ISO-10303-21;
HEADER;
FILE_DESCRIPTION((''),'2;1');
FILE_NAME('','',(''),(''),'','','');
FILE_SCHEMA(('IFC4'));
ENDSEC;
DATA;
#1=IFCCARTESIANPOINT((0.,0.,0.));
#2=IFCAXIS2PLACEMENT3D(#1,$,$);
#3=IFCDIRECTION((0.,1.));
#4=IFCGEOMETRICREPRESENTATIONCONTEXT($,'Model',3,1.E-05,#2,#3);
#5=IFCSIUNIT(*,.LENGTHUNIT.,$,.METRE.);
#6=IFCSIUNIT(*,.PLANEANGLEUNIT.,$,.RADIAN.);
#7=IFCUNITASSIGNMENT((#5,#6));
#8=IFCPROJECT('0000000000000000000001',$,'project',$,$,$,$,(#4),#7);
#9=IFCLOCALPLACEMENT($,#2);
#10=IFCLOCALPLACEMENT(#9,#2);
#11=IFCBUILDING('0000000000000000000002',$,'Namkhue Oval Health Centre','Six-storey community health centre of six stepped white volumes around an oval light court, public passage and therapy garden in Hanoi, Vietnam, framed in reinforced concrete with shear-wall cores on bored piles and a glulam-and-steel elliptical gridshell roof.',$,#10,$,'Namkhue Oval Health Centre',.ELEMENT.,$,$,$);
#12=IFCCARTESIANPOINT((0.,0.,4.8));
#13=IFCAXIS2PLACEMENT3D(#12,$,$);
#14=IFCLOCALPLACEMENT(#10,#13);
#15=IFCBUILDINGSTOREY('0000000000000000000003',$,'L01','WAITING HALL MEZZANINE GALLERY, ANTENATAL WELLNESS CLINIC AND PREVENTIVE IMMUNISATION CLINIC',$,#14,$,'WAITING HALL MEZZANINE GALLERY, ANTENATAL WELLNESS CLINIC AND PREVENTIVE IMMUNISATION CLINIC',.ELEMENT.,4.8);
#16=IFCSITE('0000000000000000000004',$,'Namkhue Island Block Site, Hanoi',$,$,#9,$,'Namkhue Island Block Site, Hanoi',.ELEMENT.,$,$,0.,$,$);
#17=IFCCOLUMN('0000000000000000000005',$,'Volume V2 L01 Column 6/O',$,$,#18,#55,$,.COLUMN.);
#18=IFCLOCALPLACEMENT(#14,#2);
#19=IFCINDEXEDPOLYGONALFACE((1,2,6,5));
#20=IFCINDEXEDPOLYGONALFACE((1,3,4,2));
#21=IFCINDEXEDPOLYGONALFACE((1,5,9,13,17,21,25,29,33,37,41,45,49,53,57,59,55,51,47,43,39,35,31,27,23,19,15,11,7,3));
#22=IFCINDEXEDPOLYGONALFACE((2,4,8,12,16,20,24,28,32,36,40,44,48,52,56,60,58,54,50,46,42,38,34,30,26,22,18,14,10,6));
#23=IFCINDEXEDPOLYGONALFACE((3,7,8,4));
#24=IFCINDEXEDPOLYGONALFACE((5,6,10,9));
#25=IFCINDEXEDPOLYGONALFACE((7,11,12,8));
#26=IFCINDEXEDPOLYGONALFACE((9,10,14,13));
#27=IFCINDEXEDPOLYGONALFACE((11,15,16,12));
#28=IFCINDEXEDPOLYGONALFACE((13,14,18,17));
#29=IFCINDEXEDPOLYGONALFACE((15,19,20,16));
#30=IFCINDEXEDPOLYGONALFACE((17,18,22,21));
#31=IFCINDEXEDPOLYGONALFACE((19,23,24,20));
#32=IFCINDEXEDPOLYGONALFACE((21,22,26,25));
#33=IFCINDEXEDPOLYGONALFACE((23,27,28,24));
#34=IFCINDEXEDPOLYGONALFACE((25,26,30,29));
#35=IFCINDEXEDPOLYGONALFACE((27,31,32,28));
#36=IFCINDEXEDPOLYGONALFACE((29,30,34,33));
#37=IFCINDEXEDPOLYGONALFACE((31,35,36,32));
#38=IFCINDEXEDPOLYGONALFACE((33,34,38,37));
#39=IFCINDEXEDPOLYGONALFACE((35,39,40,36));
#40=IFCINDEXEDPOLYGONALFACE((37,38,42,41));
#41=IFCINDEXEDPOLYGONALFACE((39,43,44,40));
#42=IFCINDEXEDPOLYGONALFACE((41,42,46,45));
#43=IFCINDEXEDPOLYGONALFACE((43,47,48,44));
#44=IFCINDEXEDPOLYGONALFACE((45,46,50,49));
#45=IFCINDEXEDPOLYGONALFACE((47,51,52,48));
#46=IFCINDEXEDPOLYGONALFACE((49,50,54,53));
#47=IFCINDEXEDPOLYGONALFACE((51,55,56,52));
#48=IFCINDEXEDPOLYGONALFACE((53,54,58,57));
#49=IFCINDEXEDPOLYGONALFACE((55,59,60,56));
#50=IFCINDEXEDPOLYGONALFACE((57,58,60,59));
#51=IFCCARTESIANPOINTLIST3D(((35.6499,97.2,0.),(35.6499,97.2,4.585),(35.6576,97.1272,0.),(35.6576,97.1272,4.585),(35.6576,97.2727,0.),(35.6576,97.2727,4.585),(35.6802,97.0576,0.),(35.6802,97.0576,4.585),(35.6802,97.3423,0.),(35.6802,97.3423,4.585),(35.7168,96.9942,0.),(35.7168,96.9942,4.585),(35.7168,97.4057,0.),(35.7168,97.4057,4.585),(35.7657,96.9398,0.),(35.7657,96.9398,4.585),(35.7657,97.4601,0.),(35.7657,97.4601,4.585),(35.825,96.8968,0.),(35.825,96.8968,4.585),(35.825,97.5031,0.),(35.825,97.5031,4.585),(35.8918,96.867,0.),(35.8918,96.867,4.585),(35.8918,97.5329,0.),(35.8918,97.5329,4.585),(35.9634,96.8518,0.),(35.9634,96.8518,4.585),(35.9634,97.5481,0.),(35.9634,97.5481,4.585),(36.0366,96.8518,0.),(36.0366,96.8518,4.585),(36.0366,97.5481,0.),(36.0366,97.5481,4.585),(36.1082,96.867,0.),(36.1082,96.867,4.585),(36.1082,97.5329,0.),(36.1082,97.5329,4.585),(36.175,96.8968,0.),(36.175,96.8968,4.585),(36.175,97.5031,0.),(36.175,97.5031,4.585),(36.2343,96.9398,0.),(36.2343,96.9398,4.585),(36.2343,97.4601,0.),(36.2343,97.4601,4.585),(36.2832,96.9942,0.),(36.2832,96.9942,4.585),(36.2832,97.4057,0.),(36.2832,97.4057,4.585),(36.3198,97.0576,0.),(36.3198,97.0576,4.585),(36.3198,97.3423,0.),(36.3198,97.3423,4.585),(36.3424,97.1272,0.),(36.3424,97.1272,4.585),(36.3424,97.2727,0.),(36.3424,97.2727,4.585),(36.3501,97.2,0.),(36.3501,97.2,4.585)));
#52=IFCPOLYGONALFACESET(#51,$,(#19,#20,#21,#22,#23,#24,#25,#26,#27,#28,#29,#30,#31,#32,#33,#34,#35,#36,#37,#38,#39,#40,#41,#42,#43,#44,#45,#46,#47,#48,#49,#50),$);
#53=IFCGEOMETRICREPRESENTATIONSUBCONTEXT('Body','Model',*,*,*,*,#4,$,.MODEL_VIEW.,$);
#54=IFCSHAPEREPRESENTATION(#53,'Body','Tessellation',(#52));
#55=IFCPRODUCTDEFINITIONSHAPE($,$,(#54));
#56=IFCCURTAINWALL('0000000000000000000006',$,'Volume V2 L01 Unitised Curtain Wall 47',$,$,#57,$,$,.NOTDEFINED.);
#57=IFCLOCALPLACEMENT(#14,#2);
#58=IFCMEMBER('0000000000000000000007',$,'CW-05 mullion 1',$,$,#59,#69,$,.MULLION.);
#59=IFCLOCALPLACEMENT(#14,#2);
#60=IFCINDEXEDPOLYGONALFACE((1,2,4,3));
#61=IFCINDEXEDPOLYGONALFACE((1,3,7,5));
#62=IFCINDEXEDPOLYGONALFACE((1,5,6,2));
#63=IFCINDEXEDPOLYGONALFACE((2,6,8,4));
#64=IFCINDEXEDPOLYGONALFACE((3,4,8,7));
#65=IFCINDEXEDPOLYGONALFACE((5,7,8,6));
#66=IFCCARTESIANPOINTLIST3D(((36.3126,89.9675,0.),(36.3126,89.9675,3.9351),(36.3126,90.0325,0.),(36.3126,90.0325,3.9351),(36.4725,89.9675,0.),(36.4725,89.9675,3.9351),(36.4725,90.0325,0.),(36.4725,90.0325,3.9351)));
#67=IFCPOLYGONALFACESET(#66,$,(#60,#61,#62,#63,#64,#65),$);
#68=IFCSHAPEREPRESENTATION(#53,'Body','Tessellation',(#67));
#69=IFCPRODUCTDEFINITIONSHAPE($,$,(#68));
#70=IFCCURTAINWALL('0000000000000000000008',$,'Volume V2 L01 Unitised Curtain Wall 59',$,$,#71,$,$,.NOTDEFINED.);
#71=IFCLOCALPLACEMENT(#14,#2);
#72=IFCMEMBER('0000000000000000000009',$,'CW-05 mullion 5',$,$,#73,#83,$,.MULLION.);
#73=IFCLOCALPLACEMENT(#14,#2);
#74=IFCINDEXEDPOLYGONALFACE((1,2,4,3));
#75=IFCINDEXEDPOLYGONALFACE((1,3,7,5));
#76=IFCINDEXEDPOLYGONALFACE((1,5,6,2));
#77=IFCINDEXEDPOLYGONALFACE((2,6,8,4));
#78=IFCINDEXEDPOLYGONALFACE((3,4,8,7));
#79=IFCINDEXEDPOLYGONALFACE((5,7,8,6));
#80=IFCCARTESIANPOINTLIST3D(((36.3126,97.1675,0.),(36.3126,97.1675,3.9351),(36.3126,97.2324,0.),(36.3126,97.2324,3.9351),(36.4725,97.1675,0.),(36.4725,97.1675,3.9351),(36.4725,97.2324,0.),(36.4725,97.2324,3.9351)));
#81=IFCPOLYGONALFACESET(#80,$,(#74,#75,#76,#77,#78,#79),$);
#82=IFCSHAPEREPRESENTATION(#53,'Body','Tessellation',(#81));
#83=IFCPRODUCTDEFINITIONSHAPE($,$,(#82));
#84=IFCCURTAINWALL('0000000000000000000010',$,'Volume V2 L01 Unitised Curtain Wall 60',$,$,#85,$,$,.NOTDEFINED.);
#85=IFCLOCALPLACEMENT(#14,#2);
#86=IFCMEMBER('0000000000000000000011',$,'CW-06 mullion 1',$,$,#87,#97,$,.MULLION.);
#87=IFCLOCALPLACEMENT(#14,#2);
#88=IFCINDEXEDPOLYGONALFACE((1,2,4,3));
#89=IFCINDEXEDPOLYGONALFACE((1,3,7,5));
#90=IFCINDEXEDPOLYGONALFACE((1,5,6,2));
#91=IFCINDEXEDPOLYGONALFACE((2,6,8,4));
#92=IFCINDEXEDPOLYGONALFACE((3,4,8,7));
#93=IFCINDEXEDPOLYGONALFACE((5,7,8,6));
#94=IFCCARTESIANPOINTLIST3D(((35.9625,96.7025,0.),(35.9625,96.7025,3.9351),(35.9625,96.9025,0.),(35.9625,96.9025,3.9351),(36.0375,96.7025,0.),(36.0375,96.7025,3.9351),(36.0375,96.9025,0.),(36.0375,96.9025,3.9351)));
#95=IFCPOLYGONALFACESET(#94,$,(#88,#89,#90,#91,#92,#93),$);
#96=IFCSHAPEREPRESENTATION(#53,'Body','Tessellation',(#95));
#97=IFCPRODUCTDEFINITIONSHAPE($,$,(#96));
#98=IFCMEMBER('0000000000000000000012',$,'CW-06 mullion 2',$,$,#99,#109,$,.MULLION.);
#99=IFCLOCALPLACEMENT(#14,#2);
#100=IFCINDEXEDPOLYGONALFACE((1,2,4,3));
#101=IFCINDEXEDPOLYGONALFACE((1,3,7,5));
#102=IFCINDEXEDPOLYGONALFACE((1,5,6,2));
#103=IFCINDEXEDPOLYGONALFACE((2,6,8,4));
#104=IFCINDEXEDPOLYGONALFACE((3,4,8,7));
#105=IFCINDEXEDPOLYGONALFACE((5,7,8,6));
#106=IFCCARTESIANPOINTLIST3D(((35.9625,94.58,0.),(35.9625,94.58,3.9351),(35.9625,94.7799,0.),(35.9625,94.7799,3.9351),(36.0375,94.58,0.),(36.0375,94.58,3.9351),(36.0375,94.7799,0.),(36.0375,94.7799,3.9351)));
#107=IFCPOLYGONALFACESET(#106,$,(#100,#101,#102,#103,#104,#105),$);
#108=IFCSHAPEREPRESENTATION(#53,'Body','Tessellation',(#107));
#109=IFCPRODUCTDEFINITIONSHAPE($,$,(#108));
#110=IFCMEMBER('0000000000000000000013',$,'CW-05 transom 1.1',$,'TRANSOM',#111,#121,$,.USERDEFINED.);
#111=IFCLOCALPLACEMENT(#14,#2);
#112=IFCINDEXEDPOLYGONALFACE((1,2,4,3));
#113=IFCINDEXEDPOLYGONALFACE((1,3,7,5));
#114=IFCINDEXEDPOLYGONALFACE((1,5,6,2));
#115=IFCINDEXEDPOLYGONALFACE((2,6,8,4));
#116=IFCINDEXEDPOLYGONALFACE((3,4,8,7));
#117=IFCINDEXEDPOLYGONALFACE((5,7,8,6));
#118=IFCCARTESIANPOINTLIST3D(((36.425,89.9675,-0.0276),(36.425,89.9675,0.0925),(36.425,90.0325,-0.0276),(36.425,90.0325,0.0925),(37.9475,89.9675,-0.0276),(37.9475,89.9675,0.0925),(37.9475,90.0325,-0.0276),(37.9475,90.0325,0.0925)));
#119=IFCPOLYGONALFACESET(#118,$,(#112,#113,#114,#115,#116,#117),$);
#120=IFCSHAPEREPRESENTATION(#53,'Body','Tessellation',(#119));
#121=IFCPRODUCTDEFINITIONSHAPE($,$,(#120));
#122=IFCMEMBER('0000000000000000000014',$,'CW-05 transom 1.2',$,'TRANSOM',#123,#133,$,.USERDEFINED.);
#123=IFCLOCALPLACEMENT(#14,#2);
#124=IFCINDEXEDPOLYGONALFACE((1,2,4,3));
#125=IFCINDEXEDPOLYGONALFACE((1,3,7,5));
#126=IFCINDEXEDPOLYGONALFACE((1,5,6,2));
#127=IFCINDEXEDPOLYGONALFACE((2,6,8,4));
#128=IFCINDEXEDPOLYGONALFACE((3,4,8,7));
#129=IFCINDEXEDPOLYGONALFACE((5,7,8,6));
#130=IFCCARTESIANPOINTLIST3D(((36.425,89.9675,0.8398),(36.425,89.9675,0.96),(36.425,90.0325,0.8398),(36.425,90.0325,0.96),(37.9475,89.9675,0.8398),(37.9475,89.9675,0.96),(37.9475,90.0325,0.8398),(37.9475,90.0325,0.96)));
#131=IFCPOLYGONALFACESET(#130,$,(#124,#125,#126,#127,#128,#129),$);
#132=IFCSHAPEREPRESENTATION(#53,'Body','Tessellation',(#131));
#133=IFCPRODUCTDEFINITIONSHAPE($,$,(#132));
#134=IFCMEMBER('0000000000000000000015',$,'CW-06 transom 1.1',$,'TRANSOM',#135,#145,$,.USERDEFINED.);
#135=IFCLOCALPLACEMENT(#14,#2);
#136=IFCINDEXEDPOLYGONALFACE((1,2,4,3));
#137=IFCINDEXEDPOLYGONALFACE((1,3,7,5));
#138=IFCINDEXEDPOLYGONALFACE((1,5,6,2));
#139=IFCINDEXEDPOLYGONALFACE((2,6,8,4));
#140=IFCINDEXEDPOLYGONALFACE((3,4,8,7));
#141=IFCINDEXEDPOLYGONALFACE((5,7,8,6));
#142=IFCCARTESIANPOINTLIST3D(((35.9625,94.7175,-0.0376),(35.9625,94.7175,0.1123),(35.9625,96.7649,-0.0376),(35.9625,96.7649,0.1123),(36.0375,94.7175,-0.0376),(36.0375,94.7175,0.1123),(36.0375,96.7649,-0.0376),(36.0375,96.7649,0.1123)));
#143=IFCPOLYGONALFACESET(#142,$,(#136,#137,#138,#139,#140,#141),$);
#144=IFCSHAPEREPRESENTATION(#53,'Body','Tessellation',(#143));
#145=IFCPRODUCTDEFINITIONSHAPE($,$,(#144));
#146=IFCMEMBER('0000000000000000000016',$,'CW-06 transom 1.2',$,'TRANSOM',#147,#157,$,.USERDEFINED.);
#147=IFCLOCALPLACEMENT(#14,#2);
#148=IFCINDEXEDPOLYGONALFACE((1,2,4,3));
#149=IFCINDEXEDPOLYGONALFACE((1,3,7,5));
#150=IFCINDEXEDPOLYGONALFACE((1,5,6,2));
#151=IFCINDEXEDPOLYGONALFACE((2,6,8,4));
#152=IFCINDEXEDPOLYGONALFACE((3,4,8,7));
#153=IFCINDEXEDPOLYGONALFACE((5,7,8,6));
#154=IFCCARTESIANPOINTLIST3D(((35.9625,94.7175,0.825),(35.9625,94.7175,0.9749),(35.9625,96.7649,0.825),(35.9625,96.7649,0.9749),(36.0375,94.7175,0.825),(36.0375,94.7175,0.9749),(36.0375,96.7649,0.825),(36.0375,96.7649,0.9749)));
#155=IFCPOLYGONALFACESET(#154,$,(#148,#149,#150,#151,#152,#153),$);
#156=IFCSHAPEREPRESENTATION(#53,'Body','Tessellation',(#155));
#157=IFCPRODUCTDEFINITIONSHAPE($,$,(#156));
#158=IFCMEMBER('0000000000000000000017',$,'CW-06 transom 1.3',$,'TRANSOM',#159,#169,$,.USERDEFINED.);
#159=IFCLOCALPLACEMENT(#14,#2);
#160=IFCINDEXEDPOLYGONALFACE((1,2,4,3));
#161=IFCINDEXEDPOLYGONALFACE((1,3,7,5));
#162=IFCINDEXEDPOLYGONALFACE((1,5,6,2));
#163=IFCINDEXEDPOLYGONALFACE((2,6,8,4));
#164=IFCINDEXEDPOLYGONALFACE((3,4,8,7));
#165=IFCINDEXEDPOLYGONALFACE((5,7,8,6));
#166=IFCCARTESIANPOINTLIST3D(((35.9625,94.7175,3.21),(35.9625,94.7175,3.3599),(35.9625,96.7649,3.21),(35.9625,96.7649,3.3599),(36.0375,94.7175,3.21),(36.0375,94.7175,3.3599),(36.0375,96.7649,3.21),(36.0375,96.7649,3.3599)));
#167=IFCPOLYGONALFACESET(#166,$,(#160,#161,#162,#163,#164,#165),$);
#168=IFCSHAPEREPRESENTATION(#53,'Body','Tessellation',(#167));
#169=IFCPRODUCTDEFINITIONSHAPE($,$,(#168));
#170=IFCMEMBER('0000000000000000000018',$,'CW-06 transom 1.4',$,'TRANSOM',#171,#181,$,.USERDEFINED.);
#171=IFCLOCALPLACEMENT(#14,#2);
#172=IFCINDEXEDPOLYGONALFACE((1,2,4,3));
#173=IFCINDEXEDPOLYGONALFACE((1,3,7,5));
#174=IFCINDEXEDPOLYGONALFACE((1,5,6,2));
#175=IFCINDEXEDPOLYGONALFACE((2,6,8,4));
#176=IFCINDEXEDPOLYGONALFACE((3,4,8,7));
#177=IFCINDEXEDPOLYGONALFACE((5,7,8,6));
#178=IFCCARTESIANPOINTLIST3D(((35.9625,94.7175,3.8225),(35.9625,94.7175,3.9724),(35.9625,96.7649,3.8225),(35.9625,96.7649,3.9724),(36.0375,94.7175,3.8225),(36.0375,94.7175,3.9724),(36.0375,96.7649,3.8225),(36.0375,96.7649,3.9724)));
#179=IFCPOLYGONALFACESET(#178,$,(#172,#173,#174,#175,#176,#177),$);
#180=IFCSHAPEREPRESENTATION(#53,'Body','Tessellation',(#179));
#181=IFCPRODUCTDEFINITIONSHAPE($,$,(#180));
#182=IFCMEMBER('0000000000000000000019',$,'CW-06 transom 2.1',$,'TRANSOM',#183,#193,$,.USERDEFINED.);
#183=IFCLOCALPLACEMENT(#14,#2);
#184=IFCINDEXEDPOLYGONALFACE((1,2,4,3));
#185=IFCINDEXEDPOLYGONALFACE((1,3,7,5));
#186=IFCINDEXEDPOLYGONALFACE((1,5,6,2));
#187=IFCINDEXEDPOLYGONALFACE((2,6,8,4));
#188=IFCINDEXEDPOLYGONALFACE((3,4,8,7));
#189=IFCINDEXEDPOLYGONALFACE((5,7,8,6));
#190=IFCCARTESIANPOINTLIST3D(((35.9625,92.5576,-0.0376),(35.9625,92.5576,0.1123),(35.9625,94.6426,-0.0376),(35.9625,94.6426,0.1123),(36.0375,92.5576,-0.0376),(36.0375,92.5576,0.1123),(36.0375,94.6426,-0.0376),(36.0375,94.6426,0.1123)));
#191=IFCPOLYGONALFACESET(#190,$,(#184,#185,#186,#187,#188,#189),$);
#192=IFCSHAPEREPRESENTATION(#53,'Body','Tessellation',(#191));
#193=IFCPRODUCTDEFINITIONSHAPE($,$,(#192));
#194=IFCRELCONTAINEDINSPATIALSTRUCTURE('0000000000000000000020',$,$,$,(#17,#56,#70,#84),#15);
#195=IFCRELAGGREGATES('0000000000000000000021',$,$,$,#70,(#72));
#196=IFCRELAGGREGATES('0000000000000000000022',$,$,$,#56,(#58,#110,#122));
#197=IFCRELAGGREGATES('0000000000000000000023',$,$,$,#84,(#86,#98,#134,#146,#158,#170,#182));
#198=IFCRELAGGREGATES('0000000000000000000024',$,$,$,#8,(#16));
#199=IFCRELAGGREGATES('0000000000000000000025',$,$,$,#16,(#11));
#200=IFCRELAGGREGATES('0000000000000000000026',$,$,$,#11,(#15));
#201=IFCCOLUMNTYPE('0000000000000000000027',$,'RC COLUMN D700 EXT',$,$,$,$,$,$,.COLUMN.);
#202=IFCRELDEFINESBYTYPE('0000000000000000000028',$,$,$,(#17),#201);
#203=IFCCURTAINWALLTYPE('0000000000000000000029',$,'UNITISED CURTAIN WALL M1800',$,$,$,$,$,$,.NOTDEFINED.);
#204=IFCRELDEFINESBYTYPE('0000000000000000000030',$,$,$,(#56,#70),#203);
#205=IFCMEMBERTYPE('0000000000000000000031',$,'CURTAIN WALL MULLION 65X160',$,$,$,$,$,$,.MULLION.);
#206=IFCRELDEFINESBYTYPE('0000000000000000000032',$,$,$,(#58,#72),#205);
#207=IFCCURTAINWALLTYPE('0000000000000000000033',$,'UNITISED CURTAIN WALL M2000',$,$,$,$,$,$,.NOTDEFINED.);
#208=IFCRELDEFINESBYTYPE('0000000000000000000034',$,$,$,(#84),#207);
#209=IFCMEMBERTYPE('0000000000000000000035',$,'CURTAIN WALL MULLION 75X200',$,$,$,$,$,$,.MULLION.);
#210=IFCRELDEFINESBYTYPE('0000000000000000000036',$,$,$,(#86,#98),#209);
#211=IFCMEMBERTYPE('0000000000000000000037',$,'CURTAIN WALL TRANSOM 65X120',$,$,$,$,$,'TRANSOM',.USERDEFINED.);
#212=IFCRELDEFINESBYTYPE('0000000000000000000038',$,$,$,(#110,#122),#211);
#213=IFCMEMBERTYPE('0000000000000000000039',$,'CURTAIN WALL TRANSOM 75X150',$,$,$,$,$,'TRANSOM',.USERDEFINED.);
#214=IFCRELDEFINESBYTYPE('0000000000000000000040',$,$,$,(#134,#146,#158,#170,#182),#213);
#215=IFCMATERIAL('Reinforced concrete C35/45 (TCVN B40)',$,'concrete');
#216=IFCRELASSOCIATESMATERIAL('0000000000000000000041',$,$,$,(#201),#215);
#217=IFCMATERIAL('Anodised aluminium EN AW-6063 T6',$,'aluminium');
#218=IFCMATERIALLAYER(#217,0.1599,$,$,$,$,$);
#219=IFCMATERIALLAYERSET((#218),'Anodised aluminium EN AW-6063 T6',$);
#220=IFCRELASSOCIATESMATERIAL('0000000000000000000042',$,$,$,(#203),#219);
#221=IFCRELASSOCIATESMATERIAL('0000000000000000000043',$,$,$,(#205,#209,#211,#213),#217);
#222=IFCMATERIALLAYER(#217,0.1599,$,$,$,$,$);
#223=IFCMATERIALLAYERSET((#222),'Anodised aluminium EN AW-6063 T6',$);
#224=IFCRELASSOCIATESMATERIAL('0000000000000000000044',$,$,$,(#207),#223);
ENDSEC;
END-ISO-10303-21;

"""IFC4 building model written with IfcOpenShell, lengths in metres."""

from ifc_helpers import new_model, si_unit, direction, frame, origin, origin_2d, place, context, subcontext, project, spatial, rectangle, circle, extrude, material, layer, layer_set, material_profile, profile_set, type_object, element, aggregate, save


model = new_model("IFC4")

# Units and contexts
model_context = context("Model", 3, precision=1e-05, world=origin(), true_north=direction((0.0, 1.0)))
body_context = subcontext(model_context, "Body", "Model", "MODEL_VIEW")
ifc_project = project(units=[si_unit("LENGTHUNIT", "METRE"), si_unit("PLANEANGLEUNIT", "RADIAN")], contexts=[model_context])

# Site, building, storey
site_placement = place(None, origin())
site = spatial("IfcSite", under=ifc_project, at=site_placement, Name="Namkhue Island Block Site, Hanoi", LongName="Namkhue Island Block Site, Hanoi", CompositionType="ELEMENT", RefElevation=0.0)
building_placement = place(site_placement, origin())
building = spatial("IfcBuilding", under=site, at=building_placement, Name="Namkhue Oval Health Centre", Description="Six-storey community health centre of six stepped white volumes around an oval light court, public passage and therapy garden in Hanoi, Vietnam, framed in reinforced concrete with shear-wall cores on bored piles and a glulam-and-steel elliptical gridshell roof.", LongName="Namkhue Oval Health Centre", CompositionType="ELEMENT")
storey_placement = place(building_placement, frame((0.0, 0.0, 4.8)))
storey = spatial("IfcBuildingStorey", under=building, at=storey_placement, Name="L01", Description="WAITING HALL MEZZANINE GALLERY, ANTENATAL WELLNESS CLINIC AND PREVENTIVE IMMUNISATION CLINIC", LongName="WAITING HALL MEZZANINE GALLERY, ANTENATAL WELLNESS CLINIC AND PREVENTIVE IMMUNISATION CLINIC", CompositionType="ELEMENT", Elevation=4.8)

# Column
ifc_material_1 = material(Name="Reinforced concrete C35/45 (TCVN B40)", Category="concrete")
ifc_material_profile_1 = material_profile(ifc_material_1, circle(Radius=0.3501, at=origin_2d()), Name="RC D700")
ifc_profile_set_1 = profile_set([ifc_material_profile_1], Name="Reinforced concrete C35/45 (TCVN B40)")
column_type = type_object("IfcColumnType", Name="RC COLUMN D700 EXT", PredefinedType="COLUMN", material=ifc_profile_set_1)
column_placement = place(storey_placement, frame((36.0, 97.2, 0.0), z_axis=(0.0, 0.0, 1.0), x_axis=(1.0, 0.0, 0.0)))
element("IfcColumn", 1, at=column_placement, inside=storey, type_object=column_type, Name="Volume V2 L01 Column 6/O", PredefinedType="COLUMN", context=body_context, shape_type="SweptSolid", body=[
    extrude(circle(Radius=0.3501, at=origin_2d()), origin(), (0.0, 0.0, 1.0), 4.585),
])

# Curtain walls, members
ifc_material_2 = material(Name="Anodised aluminium EN AW-6063 T6", Category="aluminium")
ifc_layer_1 = layer(ifc_material_2, 0.1599)
ifc_layer_set_1 = layer_set([ifc_layer_1], Name="Anodised aluminium EN AW-6063 T6")
curtain_wall_type_1 = type_object("IfcCurtainWallType", Name="UNITISED CURTAIN WALL M1800", PredefinedType="NOTDEFINED", material=ifc_layer_set_1)
curtain_wall_1_placement = place(storey_placement, origin())
curtain_wall_1 = element("IfcCurtainWall", 2, at=curtain_wall_1_placement, inside=storey, type_object=curtain_wall_type_1, Name="Volume V2 L01 Unitised Curtain Wall 47", PredefinedType="NOTDEFINED")
ifc_material_profile_2 = material_profile(ifc_material_2, rectangle(XDim=0.0649, YDim=0.1599, at=origin_2d()), Name="ALU 65x160")
ifc_profile_set_2 = profile_set([ifc_material_profile_2], Name="Anodised aluminium EN AW-6063 T6")
member_type_1 = type_object("IfcMemberType", Name="CURTAIN WALL MULLION 65X160", PredefinedType="MULLION", material=ifc_profile_set_2)
member_1_placement = place(storey_placement, frame((36.3926, 90.0, 0.0), z_axis=(0.0, 0.0, 1.0), x_axis=(0.0, 1.0, 0.0)))
member_1 = element("IfcMember", 3, at=member_1_placement, type_object=member_type_1, Name="CW-05 mullion 1", PredefinedType="MULLION", context=body_context, shape_type="SweptSolid", body=[
    extrude(rectangle(XDim=0.0649, YDim=0.1599, at=origin_2d()), origin(), (0.0, 0.0, 1.0), 3.9351),
])
curtain_wall_2_placement = place(storey_placement, origin())
curtain_wall_2 = element("IfcCurtainWall", 4, at=curtain_wall_2_placement, inside=storey, type_object=curtain_wall_type_1, Name="Volume V2 L01 Unitised Curtain Wall 59", PredefinedType="NOTDEFINED")
member_2_placement = place(storey_placement, frame((36.3926, 97.2, 0.0), z_axis=(0.0, 0.0, 1.0), x_axis=(0.0, -1.0, 0.0)))
member_2 = element("IfcMember", 5, at=member_2_placement, type_object=member_type_1, Name="CW-05 mullion 5", PredefinedType="MULLION", context=body_context, shape_type="SweptSolid", body=[
    extrude(rectangle(XDim=0.0649, YDim=0.1599, at=origin_2d()), origin(), (0.0, 0.0, 1.0), 3.9351),
])
aggregate(curtain_wall_2, [member_2])

# Curtain wall, members
ifc_layer_2 = layer(ifc_material_2, 0.1599)
ifc_layer_set_2 = layer_set([ifc_layer_2], Name="Anodised aluminium EN AW-6063 T6")
curtain_wall_type_2 = type_object("IfcCurtainWallType", Name="UNITISED CURTAIN WALL M2000", PredefinedType="NOTDEFINED", material=ifc_layer_set_2)
curtain_wall_3_placement = place(storey_placement, origin())
curtain_wall_3 = element("IfcCurtainWall", 6, at=curtain_wall_3_placement, inside=storey, type_object=curtain_wall_type_2, Name="Volume V2 L01 Unitised Curtain Wall 60", PredefinedType="NOTDEFINED")
ifc_material_profile_3 = material_profile(ifc_material_2, rectangle(XDim=0.075, YDim=0.2, at=origin_2d()), Name="ALU 75x200")
ifc_profile_set_3 = profile_set([ifc_material_profile_3], Name="Anodised aluminium EN AW-6063 T6")
member_type_2 = type_object("IfcMemberType", Name="CURTAIN WALL MULLION 75X200", PredefinedType="MULLION", material=ifc_profile_set_3)
member_3_placement = place(storey_placement, frame((36.0, 96.8025, 0.0), z_axis=(0.0, 0.0, 1.0), x_axis=(1.0, 0.0, 0.0)))
member_3 = element("IfcMember", 7, at=member_3_placement, type_object=member_type_2, Name="CW-06 mullion 1", PredefinedType="MULLION", context=body_context, shape_type="SweptSolid", body=[
    extrude(rectangle(XDim=0.075, YDim=0.2, at=origin_2d()), origin(), (0.0, 0.0, 1.0), 3.9351),
])
member_4_placement = place(storey_placement, frame((36.0, 94.6799, 0.0), z_axis=(0.0, 0.0, 1.0), x_axis=(1.0, 0.0, 0.0)))
member_4 = element("IfcMember", 8, at=member_4_placement, type_object=member_type_2, Name="CW-06 mullion 2", PredefinedType="MULLION", context=body_context, shape_type="SweptSolid", body=[
    extrude(rectangle(XDim=0.075, YDim=0.2, at=origin_2d()), origin(), (0.0, 0.0, 1.0), 3.9351),
])

# Members
ifc_material_profile_4 = material_profile(ifc_material_2, rectangle(XDim=0.0649, YDim=0.1201, at=origin_2d()), Name="ALU 65x120")
ifc_profile_set_4 = profile_set([ifc_material_profile_4], Name="Anodised aluminium EN AW-6063 T6")
member_type_3 = type_object("IfcMemberType", Name="CURTAIN WALL TRANSOM 65X120", ElementType="TRANSOM", PredefinedType="USERDEFINED", material=ifc_profile_set_4)
member_5_placement = place(storey_placement, frame((36.425, 90.0, 0.0325), z_axis=(1.0, 0.0, 0.0), x_axis=(0.0, 1.0, 0.0)))
member_5 = element("IfcMember", 9, at=member_5_placement, type_object=member_type_3, Name="CW-05 transom 1.1", ObjectType="TRANSOM", PredefinedType="USERDEFINED", context=body_context, shape_type="SweptSolid", body=[
    extrude(rectangle(XDim=0.0649, YDim=0.1201, at=origin_2d()), origin(), (0.0, 0.0, 1.0), 1.5225),
])
member_6_placement = place(storey_placement, frame((36.425, 90.0, 0.8999), z_axis=(1.0, 0.0, 0.0), x_axis=(0.0, 1.0, 0.0)))
member_6 = element("IfcMember", 10, at=member_6_placement, type_object=member_type_3, Name="CW-05 transom 1.2", ObjectType="TRANSOM", PredefinedType="USERDEFINED", context=body_context, shape_type="SweptSolid", body=[
    extrude(rectangle(XDim=0.0649, YDim=0.1201, at=origin_2d()), origin(), (0.0, 0.0, 1.0), 1.5225),
])
aggregate(curtain_wall_1, [member_1, member_5, member_6])
ifc_material_profile_5 = material_profile(ifc_material_2, rectangle(XDim=0.075, YDim=0.1499, at=origin_2d()), Name="ALU 75x150")
ifc_profile_set_5 = profile_set([ifc_material_profile_5], Name="Anodised aluminium EN AW-6063 T6")
member_type_4 = type_object("IfcMemberType", Name="CURTAIN WALL TRANSOM 75X150", ElementType="TRANSOM", PredefinedType="USERDEFINED", material=ifc_profile_set_5)
member_7_placement = place(storey_placement, frame((36.0, 96.7649, 0.0374), z_axis=(0.0, -1.0, 0.0), x_axis=(1.0, 0.0, 0.0)))
member_7 = element("IfcMember", 11, at=member_7_placement, type_object=member_type_4, Name="CW-06 transom 1.1", ObjectType="TRANSOM", PredefinedType="USERDEFINED", context=body_context, shape_type="SweptSolid", body=[
    extrude(rectangle(XDim=0.075, YDim=0.1499, at=origin_2d()), origin(), (0.0, 0.0, 1.0), 2.0474),
])
member_8_placement = place(storey_placement, frame((36.0, 96.7649, 0.8999), z_axis=(0.0, -1.0, 0.0), x_axis=(1.0, 0.0, 0.0)))
member_8 = element("IfcMember", 12, at=member_8_placement, type_object=member_type_4, Name="CW-06 transom 1.2", ObjectType="TRANSOM", PredefinedType="USERDEFINED", context=body_context, shape_type="SweptSolid", body=[
    extrude(rectangle(XDim=0.075, YDim=0.1499, at=origin_2d()), origin(), (0.0, 0.0, 1.0), 2.0474),
])
member_9_placement = place(storey_placement, frame((36.0, 96.7649, 3.2849), z_axis=(0.0, -1.0, 0.0), x_axis=(1.0, 0.0, 0.0)))
member_9 = element("IfcMember", 13, at=member_9_placement, type_object=member_type_4, Name="CW-06 transom 1.3", ObjectType="TRANSOM", PredefinedType="USERDEFINED", context=body_context, shape_type="SweptSolid", body=[
    extrude(rectangle(XDim=0.075, YDim=0.1499, at=origin_2d()), origin(), (0.0, 0.0, 1.0), 2.0474),
])
member_10_placement = place(storey_placement, frame((36.0, 96.7649, 3.8975), z_axis=(0.0, -1.0, 0.0), x_axis=(1.0, 0.0, 0.0)))
member_10 = element("IfcMember", 14, at=member_10_placement, type_object=member_type_4, Name="CW-06 transom 1.4", ObjectType="TRANSOM", PredefinedType="USERDEFINED", context=body_context, shape_type="SweptSolid", body=[
    extrude(rectangle(XDim=0.075, YDim=0.1499, at=origin_2d()), origin(), (0.0, 0.0, 1.0), 2.0474),
])
member_11_placement = place(storey_placement, frame((36.0, 94.6426, 0.0374), z_axis=(0.0, -1.0, 0.0), x_axis=(1.0, 0.0, 0.0)))
member_11 = element("IfcMember", 15, at=member_11_placement, type_object=member_type_4, Name="CW-06 transom 2.1", ObjectType="TRANSOM", PredefinedType="USERDEFINED", context=body_context, shape_type="SweptSolid", body=[
    extrude(rectangle(XDim=0.075, YDim=0.1499, at=origin_2d()), origin(), (0.0, 0.0, 1.0), 2.085),
])

aggregate(curtain_wall_3, [member_3, member_4, member_7, member_8, member_9, member_10, member_11])

save(model, "model.ifc")
